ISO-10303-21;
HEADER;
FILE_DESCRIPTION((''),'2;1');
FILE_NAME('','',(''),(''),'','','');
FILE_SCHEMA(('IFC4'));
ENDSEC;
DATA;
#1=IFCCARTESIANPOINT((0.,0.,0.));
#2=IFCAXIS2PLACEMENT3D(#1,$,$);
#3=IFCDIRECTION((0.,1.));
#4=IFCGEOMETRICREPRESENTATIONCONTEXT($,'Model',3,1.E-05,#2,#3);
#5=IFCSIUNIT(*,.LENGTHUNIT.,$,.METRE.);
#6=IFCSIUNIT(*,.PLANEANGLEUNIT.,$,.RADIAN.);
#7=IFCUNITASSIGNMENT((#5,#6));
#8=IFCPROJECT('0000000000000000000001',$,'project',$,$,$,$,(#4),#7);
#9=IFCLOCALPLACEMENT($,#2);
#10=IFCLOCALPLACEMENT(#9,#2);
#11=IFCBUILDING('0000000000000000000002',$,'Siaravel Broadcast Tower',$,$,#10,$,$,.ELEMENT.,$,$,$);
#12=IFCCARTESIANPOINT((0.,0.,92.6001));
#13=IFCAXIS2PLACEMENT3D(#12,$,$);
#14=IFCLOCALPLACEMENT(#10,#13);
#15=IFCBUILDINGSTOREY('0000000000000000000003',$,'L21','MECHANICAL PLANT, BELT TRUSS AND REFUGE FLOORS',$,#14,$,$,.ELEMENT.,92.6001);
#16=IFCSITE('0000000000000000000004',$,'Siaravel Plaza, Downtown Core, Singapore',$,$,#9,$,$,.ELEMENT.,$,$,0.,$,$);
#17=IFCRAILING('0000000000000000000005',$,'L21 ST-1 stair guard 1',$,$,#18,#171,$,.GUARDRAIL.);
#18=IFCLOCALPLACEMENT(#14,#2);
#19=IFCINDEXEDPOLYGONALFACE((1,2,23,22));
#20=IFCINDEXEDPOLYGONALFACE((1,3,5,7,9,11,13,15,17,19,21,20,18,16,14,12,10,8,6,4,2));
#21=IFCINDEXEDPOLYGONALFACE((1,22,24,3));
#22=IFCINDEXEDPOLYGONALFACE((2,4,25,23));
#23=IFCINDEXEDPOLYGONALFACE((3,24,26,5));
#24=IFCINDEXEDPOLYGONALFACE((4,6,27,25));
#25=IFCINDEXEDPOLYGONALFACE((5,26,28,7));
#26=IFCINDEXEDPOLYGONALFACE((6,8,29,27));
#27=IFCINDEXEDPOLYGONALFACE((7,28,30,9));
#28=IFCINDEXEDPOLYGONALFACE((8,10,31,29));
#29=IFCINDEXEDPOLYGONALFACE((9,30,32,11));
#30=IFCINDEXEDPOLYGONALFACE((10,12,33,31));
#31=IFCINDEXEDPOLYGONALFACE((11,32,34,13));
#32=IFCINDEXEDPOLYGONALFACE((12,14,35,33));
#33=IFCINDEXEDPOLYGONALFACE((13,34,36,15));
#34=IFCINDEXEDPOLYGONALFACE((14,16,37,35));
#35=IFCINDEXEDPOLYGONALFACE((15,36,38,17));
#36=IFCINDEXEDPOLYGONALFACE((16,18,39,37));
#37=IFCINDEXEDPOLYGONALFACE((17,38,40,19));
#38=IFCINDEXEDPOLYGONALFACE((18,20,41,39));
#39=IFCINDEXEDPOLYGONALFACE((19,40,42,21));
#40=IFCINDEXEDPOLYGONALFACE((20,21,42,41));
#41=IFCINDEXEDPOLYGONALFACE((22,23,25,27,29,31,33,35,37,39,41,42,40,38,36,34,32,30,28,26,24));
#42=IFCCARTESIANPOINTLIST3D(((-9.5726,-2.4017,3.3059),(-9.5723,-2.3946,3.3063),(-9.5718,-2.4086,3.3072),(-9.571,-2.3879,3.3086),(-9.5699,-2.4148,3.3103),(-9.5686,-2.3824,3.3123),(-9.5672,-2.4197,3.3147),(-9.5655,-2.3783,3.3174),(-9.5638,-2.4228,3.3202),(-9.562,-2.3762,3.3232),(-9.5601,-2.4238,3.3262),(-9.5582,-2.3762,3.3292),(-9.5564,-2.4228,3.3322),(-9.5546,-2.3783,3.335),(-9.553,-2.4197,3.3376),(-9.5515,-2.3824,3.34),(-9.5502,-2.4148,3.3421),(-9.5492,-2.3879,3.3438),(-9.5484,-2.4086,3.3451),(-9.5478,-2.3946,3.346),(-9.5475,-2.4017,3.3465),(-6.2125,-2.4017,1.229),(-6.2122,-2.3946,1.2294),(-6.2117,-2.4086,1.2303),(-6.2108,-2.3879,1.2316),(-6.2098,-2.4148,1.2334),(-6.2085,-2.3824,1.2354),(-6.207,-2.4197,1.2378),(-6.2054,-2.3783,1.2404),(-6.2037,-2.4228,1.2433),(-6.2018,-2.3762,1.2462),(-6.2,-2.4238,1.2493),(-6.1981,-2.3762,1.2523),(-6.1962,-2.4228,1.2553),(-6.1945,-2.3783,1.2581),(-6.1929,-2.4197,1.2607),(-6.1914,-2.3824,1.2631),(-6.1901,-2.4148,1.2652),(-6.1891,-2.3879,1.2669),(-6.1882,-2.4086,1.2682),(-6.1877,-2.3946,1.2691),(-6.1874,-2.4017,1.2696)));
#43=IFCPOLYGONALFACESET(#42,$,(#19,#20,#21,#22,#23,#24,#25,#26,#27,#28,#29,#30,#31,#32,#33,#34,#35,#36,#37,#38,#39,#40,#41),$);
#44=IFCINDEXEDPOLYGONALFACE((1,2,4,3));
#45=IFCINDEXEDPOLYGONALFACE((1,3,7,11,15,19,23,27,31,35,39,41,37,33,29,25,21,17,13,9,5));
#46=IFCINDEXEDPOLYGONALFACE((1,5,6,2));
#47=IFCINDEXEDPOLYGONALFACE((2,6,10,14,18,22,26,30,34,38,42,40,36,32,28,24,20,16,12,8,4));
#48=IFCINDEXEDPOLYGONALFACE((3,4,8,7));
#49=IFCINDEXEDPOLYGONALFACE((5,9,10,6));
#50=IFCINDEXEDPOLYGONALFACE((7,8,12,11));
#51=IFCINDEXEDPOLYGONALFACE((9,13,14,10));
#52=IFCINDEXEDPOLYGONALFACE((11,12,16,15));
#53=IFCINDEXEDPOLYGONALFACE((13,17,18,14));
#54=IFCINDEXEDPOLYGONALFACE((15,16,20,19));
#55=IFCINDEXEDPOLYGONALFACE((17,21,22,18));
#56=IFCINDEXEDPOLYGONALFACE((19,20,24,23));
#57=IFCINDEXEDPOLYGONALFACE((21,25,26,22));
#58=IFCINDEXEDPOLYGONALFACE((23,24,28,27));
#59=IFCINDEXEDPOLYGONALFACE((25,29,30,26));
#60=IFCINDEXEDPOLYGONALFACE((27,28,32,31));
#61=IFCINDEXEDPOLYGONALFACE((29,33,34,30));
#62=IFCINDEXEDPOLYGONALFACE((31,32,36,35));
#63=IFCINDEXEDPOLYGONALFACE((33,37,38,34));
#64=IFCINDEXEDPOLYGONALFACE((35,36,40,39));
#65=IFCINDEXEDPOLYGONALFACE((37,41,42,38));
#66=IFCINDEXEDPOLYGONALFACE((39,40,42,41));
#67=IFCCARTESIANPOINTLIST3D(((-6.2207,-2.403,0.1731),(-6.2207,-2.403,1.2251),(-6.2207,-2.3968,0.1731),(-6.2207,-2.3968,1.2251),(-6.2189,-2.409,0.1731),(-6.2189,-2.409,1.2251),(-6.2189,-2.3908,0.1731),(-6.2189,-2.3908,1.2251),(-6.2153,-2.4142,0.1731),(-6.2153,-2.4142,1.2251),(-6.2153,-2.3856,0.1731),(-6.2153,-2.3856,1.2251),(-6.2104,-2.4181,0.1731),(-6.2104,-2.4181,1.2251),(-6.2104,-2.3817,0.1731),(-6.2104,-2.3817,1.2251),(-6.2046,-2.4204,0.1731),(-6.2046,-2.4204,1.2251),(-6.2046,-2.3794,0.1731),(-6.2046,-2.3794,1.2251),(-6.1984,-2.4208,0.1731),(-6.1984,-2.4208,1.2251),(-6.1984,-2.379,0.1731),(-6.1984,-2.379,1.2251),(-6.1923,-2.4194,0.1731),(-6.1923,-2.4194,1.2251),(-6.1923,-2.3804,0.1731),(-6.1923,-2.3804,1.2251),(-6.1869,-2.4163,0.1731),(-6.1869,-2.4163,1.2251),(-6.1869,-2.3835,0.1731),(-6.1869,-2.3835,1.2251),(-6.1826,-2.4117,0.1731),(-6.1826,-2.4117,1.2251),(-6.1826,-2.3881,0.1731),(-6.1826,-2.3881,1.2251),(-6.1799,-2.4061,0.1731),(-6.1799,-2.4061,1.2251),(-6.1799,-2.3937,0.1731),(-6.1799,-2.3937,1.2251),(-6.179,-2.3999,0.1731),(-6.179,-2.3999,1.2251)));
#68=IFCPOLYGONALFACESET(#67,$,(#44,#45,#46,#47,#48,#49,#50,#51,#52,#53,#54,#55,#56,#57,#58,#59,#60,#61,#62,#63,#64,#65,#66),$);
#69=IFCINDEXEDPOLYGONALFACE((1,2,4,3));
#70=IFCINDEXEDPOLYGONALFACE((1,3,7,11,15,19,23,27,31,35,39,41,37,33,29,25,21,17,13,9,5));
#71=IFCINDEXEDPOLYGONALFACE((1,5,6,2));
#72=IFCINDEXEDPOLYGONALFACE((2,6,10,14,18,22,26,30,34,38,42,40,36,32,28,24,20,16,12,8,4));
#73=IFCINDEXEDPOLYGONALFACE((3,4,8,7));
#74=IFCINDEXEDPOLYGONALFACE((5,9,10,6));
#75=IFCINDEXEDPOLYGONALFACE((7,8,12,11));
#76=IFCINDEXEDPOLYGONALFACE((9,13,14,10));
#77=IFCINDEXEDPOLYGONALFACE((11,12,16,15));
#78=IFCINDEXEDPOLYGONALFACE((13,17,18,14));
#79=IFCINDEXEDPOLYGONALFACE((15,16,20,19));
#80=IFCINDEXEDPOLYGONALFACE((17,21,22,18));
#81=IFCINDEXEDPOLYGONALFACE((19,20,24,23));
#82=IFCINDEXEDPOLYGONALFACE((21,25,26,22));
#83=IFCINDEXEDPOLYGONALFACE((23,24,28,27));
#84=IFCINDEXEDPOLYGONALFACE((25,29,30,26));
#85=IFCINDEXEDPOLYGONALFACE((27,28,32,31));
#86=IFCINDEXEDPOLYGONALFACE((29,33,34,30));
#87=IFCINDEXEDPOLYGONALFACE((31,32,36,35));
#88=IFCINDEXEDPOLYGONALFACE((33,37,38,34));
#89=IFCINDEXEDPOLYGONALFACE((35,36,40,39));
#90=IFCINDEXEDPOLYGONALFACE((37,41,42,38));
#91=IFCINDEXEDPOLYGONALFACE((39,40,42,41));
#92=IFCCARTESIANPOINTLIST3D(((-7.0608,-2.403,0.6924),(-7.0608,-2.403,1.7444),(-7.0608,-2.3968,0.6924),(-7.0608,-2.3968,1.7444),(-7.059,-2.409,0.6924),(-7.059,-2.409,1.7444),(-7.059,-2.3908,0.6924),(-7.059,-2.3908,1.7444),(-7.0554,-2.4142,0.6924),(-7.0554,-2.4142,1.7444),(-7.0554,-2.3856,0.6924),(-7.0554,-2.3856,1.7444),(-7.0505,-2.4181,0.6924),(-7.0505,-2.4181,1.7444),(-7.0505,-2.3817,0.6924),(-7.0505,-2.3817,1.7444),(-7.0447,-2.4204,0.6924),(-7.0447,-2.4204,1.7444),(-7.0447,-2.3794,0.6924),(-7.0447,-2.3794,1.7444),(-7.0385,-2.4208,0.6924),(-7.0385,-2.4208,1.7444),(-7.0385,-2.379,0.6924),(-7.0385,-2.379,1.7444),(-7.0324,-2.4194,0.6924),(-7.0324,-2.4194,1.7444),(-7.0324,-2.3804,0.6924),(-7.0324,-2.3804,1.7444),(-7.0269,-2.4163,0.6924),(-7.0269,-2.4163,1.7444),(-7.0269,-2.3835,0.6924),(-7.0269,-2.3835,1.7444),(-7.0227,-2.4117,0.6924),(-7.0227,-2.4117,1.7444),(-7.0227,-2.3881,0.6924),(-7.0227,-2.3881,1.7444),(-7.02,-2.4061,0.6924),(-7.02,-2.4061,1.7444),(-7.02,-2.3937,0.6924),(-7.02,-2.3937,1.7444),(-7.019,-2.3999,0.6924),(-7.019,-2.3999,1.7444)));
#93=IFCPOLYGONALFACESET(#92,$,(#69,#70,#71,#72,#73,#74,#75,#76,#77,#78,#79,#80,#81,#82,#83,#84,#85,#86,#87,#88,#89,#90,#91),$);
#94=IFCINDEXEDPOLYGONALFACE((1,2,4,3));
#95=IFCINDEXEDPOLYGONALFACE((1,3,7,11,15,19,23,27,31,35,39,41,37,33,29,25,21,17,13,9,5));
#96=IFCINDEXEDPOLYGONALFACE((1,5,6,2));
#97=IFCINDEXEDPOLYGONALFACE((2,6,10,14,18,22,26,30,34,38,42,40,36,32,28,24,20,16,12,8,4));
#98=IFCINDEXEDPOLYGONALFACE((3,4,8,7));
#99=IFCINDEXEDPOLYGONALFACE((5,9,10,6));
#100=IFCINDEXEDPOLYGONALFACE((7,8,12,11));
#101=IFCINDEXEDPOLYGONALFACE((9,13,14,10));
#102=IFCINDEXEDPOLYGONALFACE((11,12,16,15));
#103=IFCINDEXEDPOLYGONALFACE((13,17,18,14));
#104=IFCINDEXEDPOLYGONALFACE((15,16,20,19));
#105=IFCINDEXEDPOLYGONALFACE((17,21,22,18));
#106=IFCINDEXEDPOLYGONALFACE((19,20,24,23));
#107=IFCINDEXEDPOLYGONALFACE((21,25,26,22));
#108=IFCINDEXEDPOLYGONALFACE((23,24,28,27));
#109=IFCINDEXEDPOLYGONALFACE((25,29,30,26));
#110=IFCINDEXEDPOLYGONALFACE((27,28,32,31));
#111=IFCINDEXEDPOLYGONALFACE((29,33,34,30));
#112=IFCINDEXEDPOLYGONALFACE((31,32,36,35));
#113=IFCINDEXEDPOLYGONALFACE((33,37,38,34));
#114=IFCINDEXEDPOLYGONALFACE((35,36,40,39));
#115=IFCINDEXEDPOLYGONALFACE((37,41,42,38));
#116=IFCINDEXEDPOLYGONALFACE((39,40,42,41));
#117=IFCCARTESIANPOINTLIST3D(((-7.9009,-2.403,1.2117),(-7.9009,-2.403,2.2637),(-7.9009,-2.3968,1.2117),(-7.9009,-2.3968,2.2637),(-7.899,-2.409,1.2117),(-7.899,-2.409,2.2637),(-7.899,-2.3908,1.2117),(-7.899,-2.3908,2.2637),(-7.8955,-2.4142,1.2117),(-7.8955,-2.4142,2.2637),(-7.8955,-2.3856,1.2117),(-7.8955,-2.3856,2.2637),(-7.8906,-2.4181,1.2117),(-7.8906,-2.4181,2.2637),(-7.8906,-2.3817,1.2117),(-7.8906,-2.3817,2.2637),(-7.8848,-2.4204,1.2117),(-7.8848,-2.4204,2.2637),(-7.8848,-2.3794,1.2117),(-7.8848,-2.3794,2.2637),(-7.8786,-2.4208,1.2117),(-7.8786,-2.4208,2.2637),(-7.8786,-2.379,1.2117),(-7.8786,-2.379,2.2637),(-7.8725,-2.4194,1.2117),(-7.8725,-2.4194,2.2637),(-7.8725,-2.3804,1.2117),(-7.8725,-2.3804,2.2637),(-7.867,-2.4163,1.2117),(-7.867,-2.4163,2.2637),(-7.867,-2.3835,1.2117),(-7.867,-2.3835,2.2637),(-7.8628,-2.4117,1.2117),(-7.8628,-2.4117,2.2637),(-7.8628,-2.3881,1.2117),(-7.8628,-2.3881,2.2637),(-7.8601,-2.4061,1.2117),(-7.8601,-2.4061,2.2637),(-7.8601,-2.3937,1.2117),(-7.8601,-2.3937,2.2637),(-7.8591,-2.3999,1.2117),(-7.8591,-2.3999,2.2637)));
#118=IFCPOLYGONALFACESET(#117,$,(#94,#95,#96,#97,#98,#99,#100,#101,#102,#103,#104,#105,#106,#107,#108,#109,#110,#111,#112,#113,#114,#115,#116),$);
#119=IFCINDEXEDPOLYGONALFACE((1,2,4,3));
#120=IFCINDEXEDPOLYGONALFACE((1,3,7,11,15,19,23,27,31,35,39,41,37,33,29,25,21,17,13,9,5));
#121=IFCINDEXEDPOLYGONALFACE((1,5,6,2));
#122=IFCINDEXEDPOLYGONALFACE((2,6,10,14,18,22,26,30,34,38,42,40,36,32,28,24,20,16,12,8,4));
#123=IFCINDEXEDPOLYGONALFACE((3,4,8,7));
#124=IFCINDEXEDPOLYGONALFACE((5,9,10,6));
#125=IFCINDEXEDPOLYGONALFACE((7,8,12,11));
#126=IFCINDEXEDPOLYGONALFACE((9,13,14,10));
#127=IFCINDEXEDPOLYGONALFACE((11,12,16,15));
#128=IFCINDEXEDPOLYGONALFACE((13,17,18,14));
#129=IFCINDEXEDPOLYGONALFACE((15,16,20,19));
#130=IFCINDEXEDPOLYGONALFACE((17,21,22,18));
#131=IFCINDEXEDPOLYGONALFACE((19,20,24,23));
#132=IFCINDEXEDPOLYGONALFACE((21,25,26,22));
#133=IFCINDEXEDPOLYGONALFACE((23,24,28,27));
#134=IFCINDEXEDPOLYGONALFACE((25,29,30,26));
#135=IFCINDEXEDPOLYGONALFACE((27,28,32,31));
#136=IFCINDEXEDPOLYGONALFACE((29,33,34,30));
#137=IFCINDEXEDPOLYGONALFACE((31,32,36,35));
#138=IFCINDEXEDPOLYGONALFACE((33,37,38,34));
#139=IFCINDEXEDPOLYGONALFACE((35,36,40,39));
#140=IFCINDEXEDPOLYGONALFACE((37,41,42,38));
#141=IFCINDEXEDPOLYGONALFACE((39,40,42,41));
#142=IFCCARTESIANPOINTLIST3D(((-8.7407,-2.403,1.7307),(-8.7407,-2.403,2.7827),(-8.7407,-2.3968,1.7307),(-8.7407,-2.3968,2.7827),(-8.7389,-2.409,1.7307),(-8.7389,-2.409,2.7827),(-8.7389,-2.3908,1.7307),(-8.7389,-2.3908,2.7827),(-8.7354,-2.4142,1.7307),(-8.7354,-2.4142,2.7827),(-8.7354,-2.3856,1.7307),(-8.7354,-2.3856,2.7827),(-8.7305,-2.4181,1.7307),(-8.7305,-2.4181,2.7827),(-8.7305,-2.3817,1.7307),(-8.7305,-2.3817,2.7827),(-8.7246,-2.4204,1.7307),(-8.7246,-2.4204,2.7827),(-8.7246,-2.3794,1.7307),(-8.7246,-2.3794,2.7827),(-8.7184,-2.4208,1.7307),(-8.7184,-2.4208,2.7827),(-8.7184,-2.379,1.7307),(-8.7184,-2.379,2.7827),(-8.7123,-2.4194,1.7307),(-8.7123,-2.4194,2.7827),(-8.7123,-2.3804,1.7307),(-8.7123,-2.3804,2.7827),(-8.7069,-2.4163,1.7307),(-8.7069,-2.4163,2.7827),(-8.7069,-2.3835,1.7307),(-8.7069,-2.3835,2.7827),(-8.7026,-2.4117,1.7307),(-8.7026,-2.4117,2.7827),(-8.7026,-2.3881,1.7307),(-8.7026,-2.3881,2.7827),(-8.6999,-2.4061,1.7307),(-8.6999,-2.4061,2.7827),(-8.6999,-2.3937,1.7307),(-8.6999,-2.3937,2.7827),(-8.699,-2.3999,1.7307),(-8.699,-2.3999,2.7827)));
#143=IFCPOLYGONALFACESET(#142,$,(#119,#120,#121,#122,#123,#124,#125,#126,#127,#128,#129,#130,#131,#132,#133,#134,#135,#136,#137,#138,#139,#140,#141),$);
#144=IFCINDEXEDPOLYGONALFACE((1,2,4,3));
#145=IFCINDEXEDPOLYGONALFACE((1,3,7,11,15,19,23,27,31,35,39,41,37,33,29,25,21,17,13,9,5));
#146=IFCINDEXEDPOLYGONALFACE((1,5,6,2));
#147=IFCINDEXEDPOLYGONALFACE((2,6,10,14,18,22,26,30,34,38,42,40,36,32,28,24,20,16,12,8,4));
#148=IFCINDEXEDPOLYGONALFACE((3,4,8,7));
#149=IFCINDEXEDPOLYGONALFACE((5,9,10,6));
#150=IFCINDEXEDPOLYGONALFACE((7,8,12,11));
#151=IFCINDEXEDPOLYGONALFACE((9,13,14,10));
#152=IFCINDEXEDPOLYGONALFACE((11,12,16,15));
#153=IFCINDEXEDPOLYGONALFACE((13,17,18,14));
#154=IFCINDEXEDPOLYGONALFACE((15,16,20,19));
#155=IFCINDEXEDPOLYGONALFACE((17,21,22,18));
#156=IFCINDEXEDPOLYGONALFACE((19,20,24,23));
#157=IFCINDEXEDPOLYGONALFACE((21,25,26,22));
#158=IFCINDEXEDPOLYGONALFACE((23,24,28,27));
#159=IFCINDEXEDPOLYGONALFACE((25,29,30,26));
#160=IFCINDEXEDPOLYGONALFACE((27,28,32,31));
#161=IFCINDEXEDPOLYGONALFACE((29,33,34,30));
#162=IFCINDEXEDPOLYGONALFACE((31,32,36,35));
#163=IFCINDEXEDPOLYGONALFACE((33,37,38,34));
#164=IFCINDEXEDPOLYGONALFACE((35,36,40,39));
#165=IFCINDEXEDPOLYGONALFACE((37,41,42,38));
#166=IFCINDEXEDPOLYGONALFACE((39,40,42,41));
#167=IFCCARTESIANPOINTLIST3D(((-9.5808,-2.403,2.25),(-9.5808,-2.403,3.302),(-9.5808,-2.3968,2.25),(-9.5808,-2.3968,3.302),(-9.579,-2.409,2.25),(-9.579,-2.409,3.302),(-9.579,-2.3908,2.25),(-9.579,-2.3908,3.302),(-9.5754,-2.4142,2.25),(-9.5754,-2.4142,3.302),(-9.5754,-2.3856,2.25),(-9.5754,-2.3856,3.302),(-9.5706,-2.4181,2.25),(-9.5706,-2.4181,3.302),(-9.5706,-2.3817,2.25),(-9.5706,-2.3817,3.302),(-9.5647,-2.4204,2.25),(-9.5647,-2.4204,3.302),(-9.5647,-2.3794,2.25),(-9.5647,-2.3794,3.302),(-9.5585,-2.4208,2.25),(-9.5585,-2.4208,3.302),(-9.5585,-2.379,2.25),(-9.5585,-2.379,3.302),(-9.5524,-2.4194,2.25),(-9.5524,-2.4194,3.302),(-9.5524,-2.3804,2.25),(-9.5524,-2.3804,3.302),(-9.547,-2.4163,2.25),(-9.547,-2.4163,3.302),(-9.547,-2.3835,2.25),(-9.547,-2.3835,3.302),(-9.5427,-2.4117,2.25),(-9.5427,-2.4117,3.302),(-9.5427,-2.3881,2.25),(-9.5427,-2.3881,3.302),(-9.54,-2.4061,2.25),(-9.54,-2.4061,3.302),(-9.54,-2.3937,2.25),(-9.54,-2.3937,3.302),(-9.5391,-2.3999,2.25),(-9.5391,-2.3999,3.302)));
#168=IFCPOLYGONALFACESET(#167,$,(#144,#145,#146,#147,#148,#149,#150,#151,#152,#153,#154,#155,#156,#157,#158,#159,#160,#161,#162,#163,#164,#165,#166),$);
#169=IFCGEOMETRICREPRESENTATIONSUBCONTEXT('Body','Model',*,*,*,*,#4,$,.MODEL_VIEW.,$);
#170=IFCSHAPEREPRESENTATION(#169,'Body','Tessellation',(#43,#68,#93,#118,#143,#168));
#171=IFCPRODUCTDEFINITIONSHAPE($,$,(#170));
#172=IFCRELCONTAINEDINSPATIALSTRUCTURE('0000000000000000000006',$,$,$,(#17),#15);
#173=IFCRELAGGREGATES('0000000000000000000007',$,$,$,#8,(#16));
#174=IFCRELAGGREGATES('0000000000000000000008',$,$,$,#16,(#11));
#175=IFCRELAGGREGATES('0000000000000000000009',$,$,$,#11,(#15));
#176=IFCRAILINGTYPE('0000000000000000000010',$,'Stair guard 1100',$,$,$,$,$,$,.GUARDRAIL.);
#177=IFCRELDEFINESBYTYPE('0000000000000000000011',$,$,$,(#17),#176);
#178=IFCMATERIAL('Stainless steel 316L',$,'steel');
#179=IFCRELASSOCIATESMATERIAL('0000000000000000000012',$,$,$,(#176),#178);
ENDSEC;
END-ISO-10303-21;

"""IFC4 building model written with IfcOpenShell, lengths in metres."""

from ifc_helpers import new_model, si_unit, direction, frame, origin, origin_2d, place, context, subcontext, project, spatial, circle, extrude, material, type_object, element, save


model = new_model("IFC4")

# Units and contexts
model_context = context("Model", 3, precision=1e-05, world=origin(), true_north=direction((0.0, 1.0)))
body_context = subcontext(model_context, "Body", "Model", "MODEL_VIEW")
ifc_project = project(units=[si_unit("LENGTHUNIT", "METRE"), si_unit("PLANEANGLEUNIT", "RADIAN")], contexts=[model_context])

# Site, building, storey
site_placement = place(None, origin())
site = spatial("IfcSite", under=ifc_project, at=site_placement, Name="Siaravel Plaza, Downtown Core, Singapore", CompositionType="ELEMENT", RefElevation=0.0)
building_placement = place(site_placement, origin())
building = spatial("IfcBuilding", under=site, at=building_placement, Name="Siaravel Broadcast Tower", CompositionType="ELEMENT")
storey_placement = place(building_placement, frame((0.0, 0.0, 92.6001)))
storey = spatial("IfcBuildingStorey", under=building, at=storey_placement, Name="L21", Description="MECHANICAL PLANT, BELT TRUSS AND REFUGE FLOORS", CompositionType="ELEMENT", Elevation=92.6001)

# Shared definitions
ifc_material_1 = material(Name="Stainless steel 316L", Category="steel")

# Railing
railing_type_1 = type_object("IfcRailingType", Name="Stair guard 1100", PredefinedType="GUARDRAIL", material=ifc_material_1)
railing_1_placement = place(storey_placement, frame((-6.2, -2.3999, 0.1731)))
element("IfcRailing", 1, at=railing_1_placement, inside=storey, type_object=railing_type_1, Name="L21 ST-1 stair guard 1", PredefinedType="GUARDRAIL", context=body_context, shape_type="SweptSolid", body=[
    extrude(circle(Radius=0.0239, at=origin_2d()), frame((0.0, 0.0, 1.0762), z_axis=(-0.850623, 0.0, 0.525776), x_axis=(0.0, -1.0, 0.0)), (0.0, 0.0, 1.0), 3.9502),
    extrude(circle(Radius=0.021, at=origin_2d()), origin(), (0.0, 0.0, 1.0), 1.052),
    extrude(circle(Radius=0.021, at=origin_2d()), frame((-0.8401, 0.0, 0.5193)), (0.0, 0.0, 1.0), 1.052),
    extrude(circle(Radius=0.021, at=origin_2d()), frame((-1.6802, 0.0, 1.0386)), (0.0, 0.0, 1.0), 1.052),
    extrude(circle(Radius=0.021, at=origin_2d()), frame((-2.52, 0.0, 1.5576)), (0.0, 0.0, 1.0), 1.052),
    extrude(circle(Radius=0.021, at=origin_2d()), frame((-3.3601, 0.0, 2.0769)), (0.0, 0.0, 1.0), 1.052),
])

save(model, "model.ifc")
